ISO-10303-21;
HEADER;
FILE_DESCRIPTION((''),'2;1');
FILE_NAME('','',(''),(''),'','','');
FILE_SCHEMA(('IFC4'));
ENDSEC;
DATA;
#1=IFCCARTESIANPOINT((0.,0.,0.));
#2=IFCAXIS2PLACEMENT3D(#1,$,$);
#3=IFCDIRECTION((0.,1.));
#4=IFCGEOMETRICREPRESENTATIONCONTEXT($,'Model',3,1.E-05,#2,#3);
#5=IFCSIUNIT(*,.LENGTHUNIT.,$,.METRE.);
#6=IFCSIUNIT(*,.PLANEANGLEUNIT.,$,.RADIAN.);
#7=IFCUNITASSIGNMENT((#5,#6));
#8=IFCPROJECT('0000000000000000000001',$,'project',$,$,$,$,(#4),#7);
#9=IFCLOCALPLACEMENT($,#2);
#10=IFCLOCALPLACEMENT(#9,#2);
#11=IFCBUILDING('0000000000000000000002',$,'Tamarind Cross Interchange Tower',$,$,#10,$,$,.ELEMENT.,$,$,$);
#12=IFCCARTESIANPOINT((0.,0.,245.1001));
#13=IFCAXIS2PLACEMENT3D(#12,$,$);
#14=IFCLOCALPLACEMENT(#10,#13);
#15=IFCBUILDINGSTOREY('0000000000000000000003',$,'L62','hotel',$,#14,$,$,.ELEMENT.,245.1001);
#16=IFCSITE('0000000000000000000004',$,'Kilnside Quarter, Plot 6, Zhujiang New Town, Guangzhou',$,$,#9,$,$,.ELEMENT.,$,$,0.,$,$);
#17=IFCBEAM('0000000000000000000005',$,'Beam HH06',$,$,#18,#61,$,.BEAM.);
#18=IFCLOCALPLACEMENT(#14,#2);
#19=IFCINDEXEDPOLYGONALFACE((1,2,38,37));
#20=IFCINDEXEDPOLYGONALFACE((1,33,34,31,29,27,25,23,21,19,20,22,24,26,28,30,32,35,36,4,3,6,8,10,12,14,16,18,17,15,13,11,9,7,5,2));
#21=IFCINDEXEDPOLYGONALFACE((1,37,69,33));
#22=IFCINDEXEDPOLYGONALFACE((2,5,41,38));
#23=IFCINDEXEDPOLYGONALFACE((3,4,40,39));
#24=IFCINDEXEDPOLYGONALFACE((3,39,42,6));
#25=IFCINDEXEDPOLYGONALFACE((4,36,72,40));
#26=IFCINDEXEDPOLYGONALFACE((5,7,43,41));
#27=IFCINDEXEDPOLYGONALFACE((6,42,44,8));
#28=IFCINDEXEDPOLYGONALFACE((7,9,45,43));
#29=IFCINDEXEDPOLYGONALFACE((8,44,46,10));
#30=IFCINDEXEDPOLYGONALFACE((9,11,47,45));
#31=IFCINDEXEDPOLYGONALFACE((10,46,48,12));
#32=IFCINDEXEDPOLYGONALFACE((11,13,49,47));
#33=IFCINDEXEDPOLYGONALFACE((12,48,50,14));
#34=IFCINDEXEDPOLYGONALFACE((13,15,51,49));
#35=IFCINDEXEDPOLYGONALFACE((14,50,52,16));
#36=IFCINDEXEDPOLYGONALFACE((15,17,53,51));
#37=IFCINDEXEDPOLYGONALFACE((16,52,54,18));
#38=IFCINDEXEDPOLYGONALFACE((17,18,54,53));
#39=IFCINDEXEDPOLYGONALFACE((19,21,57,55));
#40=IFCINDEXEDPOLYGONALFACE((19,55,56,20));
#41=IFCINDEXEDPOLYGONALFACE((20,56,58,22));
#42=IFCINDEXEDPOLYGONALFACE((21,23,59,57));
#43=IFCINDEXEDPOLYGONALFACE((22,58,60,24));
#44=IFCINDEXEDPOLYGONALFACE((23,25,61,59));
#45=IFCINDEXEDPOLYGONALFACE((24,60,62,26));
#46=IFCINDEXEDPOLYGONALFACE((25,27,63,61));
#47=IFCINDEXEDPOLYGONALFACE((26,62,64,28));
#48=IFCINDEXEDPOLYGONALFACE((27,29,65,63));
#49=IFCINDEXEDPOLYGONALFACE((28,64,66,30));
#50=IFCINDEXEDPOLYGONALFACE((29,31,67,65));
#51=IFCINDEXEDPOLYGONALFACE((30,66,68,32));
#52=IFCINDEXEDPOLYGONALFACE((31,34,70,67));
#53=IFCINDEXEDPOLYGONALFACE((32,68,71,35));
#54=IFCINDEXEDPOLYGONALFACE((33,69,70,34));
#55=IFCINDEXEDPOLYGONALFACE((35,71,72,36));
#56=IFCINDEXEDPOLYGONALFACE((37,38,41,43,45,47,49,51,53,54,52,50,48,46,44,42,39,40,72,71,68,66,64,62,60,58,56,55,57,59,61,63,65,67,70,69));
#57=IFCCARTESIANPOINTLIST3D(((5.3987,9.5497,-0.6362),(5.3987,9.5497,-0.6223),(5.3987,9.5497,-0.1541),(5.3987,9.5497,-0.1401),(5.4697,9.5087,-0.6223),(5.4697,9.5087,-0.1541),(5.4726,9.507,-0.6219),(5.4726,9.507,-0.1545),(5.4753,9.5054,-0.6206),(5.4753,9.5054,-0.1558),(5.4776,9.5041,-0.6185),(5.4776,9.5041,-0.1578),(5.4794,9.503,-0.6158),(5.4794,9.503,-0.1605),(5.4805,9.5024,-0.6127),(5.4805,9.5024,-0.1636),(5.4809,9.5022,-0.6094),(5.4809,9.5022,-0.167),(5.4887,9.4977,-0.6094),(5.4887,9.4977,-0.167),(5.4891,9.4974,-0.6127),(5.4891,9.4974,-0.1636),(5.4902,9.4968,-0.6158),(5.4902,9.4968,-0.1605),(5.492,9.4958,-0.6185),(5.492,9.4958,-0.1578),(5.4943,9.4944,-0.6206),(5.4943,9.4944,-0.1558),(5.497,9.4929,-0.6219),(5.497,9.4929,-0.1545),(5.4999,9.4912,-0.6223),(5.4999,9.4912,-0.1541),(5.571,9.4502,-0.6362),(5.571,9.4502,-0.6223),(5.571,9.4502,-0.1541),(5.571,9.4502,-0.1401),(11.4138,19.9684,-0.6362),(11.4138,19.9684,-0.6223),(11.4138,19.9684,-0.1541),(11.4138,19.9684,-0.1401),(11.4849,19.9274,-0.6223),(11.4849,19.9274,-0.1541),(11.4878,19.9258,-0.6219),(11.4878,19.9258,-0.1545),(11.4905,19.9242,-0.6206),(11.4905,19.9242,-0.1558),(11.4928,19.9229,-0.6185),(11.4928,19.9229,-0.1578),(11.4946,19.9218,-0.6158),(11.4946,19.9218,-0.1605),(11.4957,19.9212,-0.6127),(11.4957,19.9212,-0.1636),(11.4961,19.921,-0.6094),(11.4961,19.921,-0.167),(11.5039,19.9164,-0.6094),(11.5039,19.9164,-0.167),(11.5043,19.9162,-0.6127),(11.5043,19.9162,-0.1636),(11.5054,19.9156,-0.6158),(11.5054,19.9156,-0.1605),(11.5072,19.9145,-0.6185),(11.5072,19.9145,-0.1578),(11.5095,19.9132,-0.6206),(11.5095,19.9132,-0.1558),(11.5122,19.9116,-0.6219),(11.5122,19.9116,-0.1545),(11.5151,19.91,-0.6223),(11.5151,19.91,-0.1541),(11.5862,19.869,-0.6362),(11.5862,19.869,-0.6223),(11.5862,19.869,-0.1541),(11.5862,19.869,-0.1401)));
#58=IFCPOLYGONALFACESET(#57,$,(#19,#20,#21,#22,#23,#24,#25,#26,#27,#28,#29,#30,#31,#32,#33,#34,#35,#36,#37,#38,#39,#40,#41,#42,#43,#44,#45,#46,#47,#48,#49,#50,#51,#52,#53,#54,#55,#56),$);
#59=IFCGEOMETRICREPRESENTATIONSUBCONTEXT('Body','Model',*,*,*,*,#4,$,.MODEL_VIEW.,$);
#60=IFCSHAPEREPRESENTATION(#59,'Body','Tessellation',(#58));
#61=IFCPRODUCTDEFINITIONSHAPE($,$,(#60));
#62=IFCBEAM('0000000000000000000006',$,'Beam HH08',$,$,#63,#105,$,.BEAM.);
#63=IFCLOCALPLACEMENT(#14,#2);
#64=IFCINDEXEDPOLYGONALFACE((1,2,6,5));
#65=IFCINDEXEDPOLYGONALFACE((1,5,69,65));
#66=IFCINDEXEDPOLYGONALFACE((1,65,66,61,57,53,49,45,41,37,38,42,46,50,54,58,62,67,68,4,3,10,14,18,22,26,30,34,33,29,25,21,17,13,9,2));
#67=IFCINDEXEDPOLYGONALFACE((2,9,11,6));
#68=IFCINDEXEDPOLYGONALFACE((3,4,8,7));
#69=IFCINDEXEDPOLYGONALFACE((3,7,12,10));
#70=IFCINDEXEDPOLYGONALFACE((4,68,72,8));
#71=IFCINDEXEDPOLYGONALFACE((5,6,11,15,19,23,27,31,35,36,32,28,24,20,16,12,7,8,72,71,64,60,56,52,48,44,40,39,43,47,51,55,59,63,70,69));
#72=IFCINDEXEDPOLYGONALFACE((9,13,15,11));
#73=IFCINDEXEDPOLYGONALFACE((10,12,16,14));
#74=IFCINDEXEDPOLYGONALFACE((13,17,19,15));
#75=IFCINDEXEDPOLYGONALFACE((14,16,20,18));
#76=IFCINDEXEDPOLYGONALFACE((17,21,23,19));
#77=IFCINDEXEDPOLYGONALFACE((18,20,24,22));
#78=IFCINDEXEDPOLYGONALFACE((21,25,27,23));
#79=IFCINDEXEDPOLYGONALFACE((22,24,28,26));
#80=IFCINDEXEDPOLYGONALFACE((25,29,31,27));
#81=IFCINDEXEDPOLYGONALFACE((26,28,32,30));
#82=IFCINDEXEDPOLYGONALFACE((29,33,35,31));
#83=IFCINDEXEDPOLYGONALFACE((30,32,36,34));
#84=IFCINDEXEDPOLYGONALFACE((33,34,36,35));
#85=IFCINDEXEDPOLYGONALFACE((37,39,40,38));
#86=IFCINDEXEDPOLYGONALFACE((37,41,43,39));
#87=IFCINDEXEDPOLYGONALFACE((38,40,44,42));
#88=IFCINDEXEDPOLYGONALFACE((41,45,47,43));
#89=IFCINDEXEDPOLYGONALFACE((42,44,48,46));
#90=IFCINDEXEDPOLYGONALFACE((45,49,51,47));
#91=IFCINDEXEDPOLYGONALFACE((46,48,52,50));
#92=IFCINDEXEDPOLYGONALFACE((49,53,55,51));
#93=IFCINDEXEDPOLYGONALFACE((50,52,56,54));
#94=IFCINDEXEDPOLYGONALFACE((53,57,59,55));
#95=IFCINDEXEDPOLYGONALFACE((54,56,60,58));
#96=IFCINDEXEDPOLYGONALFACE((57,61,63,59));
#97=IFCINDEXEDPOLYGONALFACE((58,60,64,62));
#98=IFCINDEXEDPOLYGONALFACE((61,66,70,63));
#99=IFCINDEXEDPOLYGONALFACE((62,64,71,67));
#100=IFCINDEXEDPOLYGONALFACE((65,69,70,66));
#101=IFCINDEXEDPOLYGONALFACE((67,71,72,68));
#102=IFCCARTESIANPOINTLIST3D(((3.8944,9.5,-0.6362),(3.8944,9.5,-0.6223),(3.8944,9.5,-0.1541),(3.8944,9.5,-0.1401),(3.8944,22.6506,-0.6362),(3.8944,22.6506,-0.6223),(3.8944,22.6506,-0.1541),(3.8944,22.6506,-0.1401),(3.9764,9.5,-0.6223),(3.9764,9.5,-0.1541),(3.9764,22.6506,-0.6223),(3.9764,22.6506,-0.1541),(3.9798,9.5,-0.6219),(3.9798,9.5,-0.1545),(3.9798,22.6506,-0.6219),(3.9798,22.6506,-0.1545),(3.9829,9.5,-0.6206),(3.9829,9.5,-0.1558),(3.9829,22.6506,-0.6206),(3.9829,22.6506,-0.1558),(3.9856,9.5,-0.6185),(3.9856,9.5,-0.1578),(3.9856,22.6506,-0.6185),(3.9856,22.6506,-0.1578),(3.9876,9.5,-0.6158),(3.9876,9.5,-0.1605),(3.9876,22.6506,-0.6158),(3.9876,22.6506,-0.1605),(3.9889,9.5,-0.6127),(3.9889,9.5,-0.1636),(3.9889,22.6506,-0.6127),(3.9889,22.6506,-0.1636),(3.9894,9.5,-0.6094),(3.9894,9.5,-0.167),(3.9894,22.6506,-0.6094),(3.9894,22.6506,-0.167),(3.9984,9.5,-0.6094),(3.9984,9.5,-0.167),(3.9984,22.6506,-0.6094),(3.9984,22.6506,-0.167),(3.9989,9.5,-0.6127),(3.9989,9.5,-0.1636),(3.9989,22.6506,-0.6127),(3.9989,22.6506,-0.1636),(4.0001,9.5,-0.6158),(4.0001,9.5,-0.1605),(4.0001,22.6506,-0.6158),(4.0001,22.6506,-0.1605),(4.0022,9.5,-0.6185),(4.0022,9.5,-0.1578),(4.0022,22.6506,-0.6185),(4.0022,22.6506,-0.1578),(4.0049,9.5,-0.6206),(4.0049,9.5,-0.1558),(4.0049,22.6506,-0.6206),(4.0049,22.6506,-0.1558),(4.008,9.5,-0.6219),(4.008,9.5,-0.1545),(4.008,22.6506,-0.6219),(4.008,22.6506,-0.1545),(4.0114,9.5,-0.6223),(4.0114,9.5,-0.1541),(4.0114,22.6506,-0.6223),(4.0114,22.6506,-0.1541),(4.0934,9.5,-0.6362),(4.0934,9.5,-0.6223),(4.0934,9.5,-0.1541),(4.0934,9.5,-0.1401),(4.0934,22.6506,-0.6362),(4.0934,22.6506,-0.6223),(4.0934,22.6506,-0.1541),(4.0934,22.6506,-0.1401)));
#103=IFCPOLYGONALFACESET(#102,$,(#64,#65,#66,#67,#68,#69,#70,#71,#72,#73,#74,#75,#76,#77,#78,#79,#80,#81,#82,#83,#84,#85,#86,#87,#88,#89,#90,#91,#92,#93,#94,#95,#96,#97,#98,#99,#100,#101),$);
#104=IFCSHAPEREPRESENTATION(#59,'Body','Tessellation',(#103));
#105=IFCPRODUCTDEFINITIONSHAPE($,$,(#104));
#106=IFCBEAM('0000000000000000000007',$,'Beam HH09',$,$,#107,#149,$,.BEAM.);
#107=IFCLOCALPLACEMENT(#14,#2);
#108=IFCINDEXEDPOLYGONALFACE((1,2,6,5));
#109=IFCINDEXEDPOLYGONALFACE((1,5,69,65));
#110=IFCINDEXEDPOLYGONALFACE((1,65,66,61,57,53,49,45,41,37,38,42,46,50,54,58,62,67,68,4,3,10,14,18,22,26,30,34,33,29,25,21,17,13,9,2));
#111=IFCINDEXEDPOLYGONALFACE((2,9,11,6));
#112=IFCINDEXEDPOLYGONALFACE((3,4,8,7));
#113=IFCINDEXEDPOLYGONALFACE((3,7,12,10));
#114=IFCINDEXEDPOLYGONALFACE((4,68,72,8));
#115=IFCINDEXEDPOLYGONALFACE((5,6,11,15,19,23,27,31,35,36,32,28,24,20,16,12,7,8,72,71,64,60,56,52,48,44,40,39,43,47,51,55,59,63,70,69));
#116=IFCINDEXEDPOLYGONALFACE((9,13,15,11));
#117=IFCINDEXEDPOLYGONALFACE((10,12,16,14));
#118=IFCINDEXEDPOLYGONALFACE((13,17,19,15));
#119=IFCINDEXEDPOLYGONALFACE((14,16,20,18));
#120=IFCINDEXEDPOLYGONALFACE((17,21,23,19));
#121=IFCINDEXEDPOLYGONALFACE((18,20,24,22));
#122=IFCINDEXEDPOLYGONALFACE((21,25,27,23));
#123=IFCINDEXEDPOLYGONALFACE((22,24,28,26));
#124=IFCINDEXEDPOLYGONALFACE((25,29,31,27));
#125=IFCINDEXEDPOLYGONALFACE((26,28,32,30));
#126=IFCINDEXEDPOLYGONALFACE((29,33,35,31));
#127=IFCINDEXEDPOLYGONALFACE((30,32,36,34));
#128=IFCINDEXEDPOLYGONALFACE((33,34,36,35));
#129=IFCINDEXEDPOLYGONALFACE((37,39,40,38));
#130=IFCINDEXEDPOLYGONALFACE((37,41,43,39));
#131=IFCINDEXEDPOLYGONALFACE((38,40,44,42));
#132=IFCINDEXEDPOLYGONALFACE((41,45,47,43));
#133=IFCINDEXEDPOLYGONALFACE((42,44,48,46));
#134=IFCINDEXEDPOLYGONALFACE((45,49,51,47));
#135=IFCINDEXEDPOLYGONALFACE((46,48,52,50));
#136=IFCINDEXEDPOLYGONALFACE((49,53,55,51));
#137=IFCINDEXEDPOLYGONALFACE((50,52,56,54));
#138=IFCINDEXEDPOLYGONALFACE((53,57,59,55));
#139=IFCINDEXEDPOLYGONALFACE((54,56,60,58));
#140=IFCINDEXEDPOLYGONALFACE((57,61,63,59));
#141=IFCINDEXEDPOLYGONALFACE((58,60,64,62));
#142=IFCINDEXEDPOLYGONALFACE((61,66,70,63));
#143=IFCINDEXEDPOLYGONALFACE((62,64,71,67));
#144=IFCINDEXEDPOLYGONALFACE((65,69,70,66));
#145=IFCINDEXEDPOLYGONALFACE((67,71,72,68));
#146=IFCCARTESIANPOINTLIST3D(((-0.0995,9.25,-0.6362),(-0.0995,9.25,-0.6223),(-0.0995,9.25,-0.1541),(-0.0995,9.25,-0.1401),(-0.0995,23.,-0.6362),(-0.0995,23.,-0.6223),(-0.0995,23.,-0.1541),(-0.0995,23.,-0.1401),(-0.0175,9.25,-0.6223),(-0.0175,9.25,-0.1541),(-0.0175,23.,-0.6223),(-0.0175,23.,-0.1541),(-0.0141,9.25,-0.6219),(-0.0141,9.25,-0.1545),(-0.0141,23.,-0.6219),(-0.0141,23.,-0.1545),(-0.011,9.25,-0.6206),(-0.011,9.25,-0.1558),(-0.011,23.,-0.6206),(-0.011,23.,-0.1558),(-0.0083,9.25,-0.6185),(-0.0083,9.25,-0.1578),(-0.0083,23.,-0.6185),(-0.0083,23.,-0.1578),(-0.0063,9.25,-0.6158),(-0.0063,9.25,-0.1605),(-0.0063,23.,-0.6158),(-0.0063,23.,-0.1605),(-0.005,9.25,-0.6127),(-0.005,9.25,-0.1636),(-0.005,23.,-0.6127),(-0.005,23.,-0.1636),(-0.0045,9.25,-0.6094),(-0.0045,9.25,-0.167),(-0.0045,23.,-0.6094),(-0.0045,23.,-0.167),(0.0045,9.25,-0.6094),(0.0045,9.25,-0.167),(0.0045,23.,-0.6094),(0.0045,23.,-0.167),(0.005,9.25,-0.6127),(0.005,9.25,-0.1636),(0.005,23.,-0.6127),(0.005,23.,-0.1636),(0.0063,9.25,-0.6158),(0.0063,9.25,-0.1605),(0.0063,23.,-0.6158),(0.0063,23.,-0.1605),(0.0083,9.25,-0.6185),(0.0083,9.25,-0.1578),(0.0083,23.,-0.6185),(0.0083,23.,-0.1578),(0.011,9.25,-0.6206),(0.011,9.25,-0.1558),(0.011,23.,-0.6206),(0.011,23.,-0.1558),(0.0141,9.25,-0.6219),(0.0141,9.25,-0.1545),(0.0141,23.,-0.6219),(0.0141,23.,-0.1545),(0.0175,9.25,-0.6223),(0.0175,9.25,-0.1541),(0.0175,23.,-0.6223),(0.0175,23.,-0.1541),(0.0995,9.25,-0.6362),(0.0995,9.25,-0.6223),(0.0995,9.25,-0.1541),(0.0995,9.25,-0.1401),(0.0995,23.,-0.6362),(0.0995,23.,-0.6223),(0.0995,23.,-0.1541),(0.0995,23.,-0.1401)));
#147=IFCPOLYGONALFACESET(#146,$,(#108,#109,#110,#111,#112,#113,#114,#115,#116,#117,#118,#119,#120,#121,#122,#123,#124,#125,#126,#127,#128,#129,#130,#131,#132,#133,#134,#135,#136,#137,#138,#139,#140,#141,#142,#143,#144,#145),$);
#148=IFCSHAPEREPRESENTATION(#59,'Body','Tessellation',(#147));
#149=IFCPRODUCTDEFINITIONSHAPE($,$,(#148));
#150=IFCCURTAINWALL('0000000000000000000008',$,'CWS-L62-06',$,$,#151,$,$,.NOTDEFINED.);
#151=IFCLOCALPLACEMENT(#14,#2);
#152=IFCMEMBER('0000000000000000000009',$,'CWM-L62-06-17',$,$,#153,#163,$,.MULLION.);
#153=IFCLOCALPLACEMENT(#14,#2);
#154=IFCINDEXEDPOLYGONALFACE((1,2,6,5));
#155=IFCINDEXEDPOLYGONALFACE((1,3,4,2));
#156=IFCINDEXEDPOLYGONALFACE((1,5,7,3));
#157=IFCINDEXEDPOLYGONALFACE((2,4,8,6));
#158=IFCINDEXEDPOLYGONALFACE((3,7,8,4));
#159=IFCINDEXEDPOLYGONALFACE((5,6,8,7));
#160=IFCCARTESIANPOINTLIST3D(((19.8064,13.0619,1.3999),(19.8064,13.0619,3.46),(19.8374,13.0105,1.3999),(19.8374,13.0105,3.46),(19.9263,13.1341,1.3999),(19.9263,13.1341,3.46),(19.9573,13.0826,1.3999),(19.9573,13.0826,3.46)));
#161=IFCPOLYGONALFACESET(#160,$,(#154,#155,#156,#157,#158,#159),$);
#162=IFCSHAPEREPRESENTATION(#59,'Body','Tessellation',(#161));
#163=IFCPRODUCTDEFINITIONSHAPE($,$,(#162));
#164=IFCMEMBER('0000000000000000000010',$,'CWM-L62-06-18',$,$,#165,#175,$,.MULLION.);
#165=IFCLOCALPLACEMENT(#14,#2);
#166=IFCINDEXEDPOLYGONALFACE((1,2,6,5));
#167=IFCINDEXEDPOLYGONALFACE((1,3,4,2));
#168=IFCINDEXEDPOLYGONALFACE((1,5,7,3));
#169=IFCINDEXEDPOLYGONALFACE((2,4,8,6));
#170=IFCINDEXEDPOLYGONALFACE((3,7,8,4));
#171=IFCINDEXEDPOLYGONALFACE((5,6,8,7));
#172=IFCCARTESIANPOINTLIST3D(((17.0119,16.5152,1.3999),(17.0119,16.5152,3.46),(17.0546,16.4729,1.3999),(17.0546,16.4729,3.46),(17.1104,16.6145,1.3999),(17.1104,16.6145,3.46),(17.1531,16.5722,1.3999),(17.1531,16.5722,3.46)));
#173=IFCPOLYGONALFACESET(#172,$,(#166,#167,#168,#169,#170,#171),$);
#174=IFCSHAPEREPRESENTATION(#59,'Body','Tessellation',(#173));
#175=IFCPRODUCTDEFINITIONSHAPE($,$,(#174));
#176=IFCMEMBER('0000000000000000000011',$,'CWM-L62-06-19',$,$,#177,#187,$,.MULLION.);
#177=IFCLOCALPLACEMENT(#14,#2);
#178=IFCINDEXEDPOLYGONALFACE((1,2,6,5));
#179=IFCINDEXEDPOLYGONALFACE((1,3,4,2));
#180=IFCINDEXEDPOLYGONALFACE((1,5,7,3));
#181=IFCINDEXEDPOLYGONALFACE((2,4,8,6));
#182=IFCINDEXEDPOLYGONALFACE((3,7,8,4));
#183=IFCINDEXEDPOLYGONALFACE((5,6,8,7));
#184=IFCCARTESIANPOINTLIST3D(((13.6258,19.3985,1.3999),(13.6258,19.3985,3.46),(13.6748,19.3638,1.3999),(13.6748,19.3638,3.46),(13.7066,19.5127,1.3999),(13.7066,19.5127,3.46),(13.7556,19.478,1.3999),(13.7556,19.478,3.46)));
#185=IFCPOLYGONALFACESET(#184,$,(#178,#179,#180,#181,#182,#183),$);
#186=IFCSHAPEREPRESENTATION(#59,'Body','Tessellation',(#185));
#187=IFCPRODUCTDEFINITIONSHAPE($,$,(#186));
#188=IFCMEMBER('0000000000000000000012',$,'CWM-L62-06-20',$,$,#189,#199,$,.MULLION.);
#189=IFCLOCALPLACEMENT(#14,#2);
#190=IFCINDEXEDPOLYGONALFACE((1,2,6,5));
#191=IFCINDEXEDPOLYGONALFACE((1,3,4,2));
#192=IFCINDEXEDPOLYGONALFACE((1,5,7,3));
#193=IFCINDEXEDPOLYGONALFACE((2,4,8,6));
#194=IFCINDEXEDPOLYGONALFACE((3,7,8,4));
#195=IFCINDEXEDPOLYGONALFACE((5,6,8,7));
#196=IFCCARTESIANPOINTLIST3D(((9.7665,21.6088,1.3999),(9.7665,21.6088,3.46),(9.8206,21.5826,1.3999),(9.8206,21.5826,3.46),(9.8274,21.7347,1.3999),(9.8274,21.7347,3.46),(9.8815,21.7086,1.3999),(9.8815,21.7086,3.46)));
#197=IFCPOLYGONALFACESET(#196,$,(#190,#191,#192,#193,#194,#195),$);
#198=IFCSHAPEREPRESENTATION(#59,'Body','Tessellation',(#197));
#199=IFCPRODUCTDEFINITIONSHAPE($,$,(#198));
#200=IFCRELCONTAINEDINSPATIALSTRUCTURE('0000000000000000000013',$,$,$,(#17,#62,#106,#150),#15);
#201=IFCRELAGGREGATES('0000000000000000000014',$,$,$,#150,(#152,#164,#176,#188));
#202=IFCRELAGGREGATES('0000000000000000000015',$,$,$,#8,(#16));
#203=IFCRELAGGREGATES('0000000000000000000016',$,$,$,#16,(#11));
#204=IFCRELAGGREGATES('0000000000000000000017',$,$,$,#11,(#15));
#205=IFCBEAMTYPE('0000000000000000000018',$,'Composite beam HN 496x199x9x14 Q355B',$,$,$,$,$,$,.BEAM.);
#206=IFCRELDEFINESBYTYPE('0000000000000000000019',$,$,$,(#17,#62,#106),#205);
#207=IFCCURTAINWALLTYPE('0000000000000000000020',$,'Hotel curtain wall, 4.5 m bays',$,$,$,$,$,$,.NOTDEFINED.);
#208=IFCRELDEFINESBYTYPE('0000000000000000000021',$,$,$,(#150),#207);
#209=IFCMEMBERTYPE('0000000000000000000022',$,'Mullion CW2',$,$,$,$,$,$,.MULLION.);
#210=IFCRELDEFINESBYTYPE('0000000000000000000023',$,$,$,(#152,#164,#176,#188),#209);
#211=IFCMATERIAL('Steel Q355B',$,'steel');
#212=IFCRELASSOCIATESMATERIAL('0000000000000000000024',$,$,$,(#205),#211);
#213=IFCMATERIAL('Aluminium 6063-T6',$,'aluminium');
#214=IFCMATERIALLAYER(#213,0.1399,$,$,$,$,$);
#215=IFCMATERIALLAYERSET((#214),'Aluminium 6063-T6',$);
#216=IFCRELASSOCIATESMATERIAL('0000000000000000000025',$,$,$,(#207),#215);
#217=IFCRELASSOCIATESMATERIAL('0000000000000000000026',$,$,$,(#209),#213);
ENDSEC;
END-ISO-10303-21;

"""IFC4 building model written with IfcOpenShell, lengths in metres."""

from ifc_helpers import new_model, si_unit, direction, frame, origin, origin_2d, place, context, subcontext, project, spatial, rectangle, i_section, extrude, material, layer, layer_set, material_profile, profile_set, type_object, element, aggregate, save


model = new_model("IFC4")

# Units and contexts
model_context = context("Model", 3, precision=1e-05, world=origin(), true_north=direction((0.0, 1.0)))
body_context = subcontext(model_context, "Body", "Model", "MODEL_VIEW")
ifc_project = project(units=[si_unit("LENGTHUNIT", "METRE"), si_unit("PLANEANGLEUNIT", "RADIAN")], contexts=[model_context])

# Site, building, storey
site_placement = place(None, origin())
site = spatial("IfcSite", under=ifc_project, at=site_placement, Name="Kilnside Quarter, Plot 6, Zhujiang New Town, Guangzhou", CompositionType="ELEMENT", RefElevation=0.0)
building_placement = place(site_placement, origin())
building = spatial("IfcBuilding", under=site, at=building_placement, Name="Tamarind Cross Interchange Tower", CompositionType="ELEMENT")
storey_placement = place(building_placement, frame((0.0, 0.0, 245.1001)))
storey = spatial("IfcBuildingStorey", under=building, at=storey_placement, Name="L62", Description="hotel", CompositionType="ELEMENT", Elevation=245.1001)

# Beams
ifc_material_1 = material(Name="Steel Q355B", Category="steel")
ifc_material_profile_1 = material_profile(ifc_material_1, i_section(OverallWidth=0.199, OverallDepth=0.4961, WebThickness=0.009, FlangeThickness=0.0139, FilletRadius=0.0129, at=origin_2d()), Name="HN 496x199x9x14")
ifc_profile_set_1 = profile_set([ifc_material_profile_1], Name="Steel Q355B")
beam_type = type_object("IfcBeamType", Name="Composite beam HN 496x199x9x14 Q355B", PredefinedType="BEAM", material=ifc_profile_set_1)
beam_1_placement = place(storey_placement, frame((11.5, 19.9187, -0.3882), z_axis=(-0.499994, -0.866029, 0.0), x_axis=(0.866029, -0.499994, 0.0)))
element("IfcBeam", 1, at=beam_1_placement, inside=storey, type_object=beam_type, Name="Beam HH06", PredefinedType="BEAM", context=body_context, shape_type="SweptSolid", body=[
    extrude(i_section(OverallWidth=0.199, OverallDepth=0.4961, WebThickness=0.009, FlangeThickness=0.0139, FilletRadius=0.0129, at=origin_2d()), origin(), (0.0, 0.0, 1.0), 12.0305),
])
beam_2_placement = place(storey_placement, frame((3.9939, 22.6506, -0.3882), z_axis=(0.0, -1.0, 0.0), x_axis=(1.0, 0.0, 0.0)))
element("IfcBeam", 2, at=beam_2_placement, inside=storey, type_object=beam_type, Name="Beam HH08", PredefinedType="BEAM", context=body_context, shape_type="SweptSolid", body=[
    extrude(i_section(OverallWidth=0.199, OverallDepth=0.4961, WebThickness=0.009, FlangeThickness=0.0139, FilletRadius=0.0129, at=origin_2d()), origin(), (0.0, 0.0, 1.0), 13.1506),
])
beam_3_placement = place(storey_placement, frame((0.0, 23.0, -0.3882), z_axis=(0.0, -1.0, 0.0), x_axis=(1.0, 0.0, 0.0)))
element("IfcBeam", 3, at=beam_3_placement, inside=storey, type_object=beam_type, Name="Beam HH09", PredefinedType="BEAM", context=body_context, shape_type="SweptSolid", body=[
    extrude(i_section(OverallWidth=0.199, OverallDepth=0.4961, WebThickness=0.009, FlangeThickness=0.0139, FilletRadius=0.0129, at=origin_2d()), origin(), (0.0, 0.0, 1.0), 13.75),
])

# Curtain wall, members
ifc_material_2 = material(Name="Aluminium 6063-T6", Category="aluminium")
ifc_layer_1 = layer(ifc_material_2, 0.1399)
ifc_layer_set_1 = layer_set([ifc_layer_1], Name="Aluminium 6063-T6")
curtain_wall_type = type_object("IfcCurtainWallType", Name="Hotel curtain wall, 4.5 m bays", PredefinedType="NOTDEFINED", material=ifc_layer_set_1)
curtain_wall_1_placement = place(storey_placement, origin())
curtain_wall_1 = element("IfcCurtainWall", 4, at=curtain_wall_1_placement, inside=storey, type_object=curtain_wall_type, Name="CWS-L62-06", PredefinedType="NOTDEFINED")
ifc_material_profile_2 = material_profile(ifc_material_2, rectangle(XDim=0.0601, YDim=0.1399, at=origin_2d()), Name="Mullion CW2")
ifc_profile_set_2 = profile_set([ifc_material_profile_2], Name="Aluminium 6063-T6")
member_type = type_object("IfcMemberType", Name="Mullion CW2", PredefinedType="MULLION", material=ifc_profile_set_2)
member_1_placement = place(storey_placement, frame((19.8818, 13.0723, 1.3999), z_axis=(0.0, 0.0, 1.0), x_axis=(-0.515577, 0.856843, 0.0)))
member_1 = element("IfcMember", 5, at=member_1_placement, type_object=member_type, Name="CWM-L62-06-17", PredefinedType="MULLION", context=body_context, shape_type="SweptSolid", body=[
    extrude(rectangle(XDim=0.0601, YDim=0.1399, at=origin_2d()), origin(), (0.0, 0.0, 1.0), 2.0601),
])
member_2_placement = place(storey_placement, frame((17.0825, 16.5437, 1.3999), z_axis=(0.0, 0.0, 1.0), x_axis=(-0.710143, 0.704057, 0.0)))
member_2 = element("IfcMember", 6, at=member_2_placement, type_object=member_type, Name="CWM-L62-06-18", PredefinedType="MULLION", context=body_context, shape_type="SweptSolid", body=[
    extrude(rectangle(XDim=0.0601, YDim=0.1399, at=origin_2d()), origin(), (0.0, 0.0, 1.0), 2.0601),
])
member_3_placement = place(storey_placement, frame((13.6907, 19.4382, 1.3999), z_axis=(0.0, 0.0, 1.0), x_axis=(-0.816342, 0.577569, 0.0)))
member_3 = element("IfcMember", 7, at=member_3_placement, type_object=member_type, Name="CWM-L62-06-19", PredefinedType="MULLION", context=body_context, shape_type="SweptSolid", body=[
    extrude(rectangle(XDim=0.0601, YDim=0.1399, at=origin_2d()), origin(), (0.0, 0.0, 1.0), 2.0601),
])
member_4_placement = place(storey_placement, frame((9.824, 21.6587, 1.3999), z_axis=(0.0, 0.0, 1.0), x_axis=(-0.900273, 0.435326, 0.0)))
member_4 = element("IfcMember", 8, at=member_4_placement, type_object=member_type, Name="CWM-L62-06-20", PredefinedType="MULLION", context=body_context, shape_type="SweptSolid", body=[
    extrude(rectangle(XDim=0.0601, YDim=0.1399, at=origin_2d()), origin(), (0.0, 0.0, 1.0), 2.0601),
])
aggregate(curtain_wall_1, [member_1, member_2, member_3, member_4])

save(model, "model.ifc")
